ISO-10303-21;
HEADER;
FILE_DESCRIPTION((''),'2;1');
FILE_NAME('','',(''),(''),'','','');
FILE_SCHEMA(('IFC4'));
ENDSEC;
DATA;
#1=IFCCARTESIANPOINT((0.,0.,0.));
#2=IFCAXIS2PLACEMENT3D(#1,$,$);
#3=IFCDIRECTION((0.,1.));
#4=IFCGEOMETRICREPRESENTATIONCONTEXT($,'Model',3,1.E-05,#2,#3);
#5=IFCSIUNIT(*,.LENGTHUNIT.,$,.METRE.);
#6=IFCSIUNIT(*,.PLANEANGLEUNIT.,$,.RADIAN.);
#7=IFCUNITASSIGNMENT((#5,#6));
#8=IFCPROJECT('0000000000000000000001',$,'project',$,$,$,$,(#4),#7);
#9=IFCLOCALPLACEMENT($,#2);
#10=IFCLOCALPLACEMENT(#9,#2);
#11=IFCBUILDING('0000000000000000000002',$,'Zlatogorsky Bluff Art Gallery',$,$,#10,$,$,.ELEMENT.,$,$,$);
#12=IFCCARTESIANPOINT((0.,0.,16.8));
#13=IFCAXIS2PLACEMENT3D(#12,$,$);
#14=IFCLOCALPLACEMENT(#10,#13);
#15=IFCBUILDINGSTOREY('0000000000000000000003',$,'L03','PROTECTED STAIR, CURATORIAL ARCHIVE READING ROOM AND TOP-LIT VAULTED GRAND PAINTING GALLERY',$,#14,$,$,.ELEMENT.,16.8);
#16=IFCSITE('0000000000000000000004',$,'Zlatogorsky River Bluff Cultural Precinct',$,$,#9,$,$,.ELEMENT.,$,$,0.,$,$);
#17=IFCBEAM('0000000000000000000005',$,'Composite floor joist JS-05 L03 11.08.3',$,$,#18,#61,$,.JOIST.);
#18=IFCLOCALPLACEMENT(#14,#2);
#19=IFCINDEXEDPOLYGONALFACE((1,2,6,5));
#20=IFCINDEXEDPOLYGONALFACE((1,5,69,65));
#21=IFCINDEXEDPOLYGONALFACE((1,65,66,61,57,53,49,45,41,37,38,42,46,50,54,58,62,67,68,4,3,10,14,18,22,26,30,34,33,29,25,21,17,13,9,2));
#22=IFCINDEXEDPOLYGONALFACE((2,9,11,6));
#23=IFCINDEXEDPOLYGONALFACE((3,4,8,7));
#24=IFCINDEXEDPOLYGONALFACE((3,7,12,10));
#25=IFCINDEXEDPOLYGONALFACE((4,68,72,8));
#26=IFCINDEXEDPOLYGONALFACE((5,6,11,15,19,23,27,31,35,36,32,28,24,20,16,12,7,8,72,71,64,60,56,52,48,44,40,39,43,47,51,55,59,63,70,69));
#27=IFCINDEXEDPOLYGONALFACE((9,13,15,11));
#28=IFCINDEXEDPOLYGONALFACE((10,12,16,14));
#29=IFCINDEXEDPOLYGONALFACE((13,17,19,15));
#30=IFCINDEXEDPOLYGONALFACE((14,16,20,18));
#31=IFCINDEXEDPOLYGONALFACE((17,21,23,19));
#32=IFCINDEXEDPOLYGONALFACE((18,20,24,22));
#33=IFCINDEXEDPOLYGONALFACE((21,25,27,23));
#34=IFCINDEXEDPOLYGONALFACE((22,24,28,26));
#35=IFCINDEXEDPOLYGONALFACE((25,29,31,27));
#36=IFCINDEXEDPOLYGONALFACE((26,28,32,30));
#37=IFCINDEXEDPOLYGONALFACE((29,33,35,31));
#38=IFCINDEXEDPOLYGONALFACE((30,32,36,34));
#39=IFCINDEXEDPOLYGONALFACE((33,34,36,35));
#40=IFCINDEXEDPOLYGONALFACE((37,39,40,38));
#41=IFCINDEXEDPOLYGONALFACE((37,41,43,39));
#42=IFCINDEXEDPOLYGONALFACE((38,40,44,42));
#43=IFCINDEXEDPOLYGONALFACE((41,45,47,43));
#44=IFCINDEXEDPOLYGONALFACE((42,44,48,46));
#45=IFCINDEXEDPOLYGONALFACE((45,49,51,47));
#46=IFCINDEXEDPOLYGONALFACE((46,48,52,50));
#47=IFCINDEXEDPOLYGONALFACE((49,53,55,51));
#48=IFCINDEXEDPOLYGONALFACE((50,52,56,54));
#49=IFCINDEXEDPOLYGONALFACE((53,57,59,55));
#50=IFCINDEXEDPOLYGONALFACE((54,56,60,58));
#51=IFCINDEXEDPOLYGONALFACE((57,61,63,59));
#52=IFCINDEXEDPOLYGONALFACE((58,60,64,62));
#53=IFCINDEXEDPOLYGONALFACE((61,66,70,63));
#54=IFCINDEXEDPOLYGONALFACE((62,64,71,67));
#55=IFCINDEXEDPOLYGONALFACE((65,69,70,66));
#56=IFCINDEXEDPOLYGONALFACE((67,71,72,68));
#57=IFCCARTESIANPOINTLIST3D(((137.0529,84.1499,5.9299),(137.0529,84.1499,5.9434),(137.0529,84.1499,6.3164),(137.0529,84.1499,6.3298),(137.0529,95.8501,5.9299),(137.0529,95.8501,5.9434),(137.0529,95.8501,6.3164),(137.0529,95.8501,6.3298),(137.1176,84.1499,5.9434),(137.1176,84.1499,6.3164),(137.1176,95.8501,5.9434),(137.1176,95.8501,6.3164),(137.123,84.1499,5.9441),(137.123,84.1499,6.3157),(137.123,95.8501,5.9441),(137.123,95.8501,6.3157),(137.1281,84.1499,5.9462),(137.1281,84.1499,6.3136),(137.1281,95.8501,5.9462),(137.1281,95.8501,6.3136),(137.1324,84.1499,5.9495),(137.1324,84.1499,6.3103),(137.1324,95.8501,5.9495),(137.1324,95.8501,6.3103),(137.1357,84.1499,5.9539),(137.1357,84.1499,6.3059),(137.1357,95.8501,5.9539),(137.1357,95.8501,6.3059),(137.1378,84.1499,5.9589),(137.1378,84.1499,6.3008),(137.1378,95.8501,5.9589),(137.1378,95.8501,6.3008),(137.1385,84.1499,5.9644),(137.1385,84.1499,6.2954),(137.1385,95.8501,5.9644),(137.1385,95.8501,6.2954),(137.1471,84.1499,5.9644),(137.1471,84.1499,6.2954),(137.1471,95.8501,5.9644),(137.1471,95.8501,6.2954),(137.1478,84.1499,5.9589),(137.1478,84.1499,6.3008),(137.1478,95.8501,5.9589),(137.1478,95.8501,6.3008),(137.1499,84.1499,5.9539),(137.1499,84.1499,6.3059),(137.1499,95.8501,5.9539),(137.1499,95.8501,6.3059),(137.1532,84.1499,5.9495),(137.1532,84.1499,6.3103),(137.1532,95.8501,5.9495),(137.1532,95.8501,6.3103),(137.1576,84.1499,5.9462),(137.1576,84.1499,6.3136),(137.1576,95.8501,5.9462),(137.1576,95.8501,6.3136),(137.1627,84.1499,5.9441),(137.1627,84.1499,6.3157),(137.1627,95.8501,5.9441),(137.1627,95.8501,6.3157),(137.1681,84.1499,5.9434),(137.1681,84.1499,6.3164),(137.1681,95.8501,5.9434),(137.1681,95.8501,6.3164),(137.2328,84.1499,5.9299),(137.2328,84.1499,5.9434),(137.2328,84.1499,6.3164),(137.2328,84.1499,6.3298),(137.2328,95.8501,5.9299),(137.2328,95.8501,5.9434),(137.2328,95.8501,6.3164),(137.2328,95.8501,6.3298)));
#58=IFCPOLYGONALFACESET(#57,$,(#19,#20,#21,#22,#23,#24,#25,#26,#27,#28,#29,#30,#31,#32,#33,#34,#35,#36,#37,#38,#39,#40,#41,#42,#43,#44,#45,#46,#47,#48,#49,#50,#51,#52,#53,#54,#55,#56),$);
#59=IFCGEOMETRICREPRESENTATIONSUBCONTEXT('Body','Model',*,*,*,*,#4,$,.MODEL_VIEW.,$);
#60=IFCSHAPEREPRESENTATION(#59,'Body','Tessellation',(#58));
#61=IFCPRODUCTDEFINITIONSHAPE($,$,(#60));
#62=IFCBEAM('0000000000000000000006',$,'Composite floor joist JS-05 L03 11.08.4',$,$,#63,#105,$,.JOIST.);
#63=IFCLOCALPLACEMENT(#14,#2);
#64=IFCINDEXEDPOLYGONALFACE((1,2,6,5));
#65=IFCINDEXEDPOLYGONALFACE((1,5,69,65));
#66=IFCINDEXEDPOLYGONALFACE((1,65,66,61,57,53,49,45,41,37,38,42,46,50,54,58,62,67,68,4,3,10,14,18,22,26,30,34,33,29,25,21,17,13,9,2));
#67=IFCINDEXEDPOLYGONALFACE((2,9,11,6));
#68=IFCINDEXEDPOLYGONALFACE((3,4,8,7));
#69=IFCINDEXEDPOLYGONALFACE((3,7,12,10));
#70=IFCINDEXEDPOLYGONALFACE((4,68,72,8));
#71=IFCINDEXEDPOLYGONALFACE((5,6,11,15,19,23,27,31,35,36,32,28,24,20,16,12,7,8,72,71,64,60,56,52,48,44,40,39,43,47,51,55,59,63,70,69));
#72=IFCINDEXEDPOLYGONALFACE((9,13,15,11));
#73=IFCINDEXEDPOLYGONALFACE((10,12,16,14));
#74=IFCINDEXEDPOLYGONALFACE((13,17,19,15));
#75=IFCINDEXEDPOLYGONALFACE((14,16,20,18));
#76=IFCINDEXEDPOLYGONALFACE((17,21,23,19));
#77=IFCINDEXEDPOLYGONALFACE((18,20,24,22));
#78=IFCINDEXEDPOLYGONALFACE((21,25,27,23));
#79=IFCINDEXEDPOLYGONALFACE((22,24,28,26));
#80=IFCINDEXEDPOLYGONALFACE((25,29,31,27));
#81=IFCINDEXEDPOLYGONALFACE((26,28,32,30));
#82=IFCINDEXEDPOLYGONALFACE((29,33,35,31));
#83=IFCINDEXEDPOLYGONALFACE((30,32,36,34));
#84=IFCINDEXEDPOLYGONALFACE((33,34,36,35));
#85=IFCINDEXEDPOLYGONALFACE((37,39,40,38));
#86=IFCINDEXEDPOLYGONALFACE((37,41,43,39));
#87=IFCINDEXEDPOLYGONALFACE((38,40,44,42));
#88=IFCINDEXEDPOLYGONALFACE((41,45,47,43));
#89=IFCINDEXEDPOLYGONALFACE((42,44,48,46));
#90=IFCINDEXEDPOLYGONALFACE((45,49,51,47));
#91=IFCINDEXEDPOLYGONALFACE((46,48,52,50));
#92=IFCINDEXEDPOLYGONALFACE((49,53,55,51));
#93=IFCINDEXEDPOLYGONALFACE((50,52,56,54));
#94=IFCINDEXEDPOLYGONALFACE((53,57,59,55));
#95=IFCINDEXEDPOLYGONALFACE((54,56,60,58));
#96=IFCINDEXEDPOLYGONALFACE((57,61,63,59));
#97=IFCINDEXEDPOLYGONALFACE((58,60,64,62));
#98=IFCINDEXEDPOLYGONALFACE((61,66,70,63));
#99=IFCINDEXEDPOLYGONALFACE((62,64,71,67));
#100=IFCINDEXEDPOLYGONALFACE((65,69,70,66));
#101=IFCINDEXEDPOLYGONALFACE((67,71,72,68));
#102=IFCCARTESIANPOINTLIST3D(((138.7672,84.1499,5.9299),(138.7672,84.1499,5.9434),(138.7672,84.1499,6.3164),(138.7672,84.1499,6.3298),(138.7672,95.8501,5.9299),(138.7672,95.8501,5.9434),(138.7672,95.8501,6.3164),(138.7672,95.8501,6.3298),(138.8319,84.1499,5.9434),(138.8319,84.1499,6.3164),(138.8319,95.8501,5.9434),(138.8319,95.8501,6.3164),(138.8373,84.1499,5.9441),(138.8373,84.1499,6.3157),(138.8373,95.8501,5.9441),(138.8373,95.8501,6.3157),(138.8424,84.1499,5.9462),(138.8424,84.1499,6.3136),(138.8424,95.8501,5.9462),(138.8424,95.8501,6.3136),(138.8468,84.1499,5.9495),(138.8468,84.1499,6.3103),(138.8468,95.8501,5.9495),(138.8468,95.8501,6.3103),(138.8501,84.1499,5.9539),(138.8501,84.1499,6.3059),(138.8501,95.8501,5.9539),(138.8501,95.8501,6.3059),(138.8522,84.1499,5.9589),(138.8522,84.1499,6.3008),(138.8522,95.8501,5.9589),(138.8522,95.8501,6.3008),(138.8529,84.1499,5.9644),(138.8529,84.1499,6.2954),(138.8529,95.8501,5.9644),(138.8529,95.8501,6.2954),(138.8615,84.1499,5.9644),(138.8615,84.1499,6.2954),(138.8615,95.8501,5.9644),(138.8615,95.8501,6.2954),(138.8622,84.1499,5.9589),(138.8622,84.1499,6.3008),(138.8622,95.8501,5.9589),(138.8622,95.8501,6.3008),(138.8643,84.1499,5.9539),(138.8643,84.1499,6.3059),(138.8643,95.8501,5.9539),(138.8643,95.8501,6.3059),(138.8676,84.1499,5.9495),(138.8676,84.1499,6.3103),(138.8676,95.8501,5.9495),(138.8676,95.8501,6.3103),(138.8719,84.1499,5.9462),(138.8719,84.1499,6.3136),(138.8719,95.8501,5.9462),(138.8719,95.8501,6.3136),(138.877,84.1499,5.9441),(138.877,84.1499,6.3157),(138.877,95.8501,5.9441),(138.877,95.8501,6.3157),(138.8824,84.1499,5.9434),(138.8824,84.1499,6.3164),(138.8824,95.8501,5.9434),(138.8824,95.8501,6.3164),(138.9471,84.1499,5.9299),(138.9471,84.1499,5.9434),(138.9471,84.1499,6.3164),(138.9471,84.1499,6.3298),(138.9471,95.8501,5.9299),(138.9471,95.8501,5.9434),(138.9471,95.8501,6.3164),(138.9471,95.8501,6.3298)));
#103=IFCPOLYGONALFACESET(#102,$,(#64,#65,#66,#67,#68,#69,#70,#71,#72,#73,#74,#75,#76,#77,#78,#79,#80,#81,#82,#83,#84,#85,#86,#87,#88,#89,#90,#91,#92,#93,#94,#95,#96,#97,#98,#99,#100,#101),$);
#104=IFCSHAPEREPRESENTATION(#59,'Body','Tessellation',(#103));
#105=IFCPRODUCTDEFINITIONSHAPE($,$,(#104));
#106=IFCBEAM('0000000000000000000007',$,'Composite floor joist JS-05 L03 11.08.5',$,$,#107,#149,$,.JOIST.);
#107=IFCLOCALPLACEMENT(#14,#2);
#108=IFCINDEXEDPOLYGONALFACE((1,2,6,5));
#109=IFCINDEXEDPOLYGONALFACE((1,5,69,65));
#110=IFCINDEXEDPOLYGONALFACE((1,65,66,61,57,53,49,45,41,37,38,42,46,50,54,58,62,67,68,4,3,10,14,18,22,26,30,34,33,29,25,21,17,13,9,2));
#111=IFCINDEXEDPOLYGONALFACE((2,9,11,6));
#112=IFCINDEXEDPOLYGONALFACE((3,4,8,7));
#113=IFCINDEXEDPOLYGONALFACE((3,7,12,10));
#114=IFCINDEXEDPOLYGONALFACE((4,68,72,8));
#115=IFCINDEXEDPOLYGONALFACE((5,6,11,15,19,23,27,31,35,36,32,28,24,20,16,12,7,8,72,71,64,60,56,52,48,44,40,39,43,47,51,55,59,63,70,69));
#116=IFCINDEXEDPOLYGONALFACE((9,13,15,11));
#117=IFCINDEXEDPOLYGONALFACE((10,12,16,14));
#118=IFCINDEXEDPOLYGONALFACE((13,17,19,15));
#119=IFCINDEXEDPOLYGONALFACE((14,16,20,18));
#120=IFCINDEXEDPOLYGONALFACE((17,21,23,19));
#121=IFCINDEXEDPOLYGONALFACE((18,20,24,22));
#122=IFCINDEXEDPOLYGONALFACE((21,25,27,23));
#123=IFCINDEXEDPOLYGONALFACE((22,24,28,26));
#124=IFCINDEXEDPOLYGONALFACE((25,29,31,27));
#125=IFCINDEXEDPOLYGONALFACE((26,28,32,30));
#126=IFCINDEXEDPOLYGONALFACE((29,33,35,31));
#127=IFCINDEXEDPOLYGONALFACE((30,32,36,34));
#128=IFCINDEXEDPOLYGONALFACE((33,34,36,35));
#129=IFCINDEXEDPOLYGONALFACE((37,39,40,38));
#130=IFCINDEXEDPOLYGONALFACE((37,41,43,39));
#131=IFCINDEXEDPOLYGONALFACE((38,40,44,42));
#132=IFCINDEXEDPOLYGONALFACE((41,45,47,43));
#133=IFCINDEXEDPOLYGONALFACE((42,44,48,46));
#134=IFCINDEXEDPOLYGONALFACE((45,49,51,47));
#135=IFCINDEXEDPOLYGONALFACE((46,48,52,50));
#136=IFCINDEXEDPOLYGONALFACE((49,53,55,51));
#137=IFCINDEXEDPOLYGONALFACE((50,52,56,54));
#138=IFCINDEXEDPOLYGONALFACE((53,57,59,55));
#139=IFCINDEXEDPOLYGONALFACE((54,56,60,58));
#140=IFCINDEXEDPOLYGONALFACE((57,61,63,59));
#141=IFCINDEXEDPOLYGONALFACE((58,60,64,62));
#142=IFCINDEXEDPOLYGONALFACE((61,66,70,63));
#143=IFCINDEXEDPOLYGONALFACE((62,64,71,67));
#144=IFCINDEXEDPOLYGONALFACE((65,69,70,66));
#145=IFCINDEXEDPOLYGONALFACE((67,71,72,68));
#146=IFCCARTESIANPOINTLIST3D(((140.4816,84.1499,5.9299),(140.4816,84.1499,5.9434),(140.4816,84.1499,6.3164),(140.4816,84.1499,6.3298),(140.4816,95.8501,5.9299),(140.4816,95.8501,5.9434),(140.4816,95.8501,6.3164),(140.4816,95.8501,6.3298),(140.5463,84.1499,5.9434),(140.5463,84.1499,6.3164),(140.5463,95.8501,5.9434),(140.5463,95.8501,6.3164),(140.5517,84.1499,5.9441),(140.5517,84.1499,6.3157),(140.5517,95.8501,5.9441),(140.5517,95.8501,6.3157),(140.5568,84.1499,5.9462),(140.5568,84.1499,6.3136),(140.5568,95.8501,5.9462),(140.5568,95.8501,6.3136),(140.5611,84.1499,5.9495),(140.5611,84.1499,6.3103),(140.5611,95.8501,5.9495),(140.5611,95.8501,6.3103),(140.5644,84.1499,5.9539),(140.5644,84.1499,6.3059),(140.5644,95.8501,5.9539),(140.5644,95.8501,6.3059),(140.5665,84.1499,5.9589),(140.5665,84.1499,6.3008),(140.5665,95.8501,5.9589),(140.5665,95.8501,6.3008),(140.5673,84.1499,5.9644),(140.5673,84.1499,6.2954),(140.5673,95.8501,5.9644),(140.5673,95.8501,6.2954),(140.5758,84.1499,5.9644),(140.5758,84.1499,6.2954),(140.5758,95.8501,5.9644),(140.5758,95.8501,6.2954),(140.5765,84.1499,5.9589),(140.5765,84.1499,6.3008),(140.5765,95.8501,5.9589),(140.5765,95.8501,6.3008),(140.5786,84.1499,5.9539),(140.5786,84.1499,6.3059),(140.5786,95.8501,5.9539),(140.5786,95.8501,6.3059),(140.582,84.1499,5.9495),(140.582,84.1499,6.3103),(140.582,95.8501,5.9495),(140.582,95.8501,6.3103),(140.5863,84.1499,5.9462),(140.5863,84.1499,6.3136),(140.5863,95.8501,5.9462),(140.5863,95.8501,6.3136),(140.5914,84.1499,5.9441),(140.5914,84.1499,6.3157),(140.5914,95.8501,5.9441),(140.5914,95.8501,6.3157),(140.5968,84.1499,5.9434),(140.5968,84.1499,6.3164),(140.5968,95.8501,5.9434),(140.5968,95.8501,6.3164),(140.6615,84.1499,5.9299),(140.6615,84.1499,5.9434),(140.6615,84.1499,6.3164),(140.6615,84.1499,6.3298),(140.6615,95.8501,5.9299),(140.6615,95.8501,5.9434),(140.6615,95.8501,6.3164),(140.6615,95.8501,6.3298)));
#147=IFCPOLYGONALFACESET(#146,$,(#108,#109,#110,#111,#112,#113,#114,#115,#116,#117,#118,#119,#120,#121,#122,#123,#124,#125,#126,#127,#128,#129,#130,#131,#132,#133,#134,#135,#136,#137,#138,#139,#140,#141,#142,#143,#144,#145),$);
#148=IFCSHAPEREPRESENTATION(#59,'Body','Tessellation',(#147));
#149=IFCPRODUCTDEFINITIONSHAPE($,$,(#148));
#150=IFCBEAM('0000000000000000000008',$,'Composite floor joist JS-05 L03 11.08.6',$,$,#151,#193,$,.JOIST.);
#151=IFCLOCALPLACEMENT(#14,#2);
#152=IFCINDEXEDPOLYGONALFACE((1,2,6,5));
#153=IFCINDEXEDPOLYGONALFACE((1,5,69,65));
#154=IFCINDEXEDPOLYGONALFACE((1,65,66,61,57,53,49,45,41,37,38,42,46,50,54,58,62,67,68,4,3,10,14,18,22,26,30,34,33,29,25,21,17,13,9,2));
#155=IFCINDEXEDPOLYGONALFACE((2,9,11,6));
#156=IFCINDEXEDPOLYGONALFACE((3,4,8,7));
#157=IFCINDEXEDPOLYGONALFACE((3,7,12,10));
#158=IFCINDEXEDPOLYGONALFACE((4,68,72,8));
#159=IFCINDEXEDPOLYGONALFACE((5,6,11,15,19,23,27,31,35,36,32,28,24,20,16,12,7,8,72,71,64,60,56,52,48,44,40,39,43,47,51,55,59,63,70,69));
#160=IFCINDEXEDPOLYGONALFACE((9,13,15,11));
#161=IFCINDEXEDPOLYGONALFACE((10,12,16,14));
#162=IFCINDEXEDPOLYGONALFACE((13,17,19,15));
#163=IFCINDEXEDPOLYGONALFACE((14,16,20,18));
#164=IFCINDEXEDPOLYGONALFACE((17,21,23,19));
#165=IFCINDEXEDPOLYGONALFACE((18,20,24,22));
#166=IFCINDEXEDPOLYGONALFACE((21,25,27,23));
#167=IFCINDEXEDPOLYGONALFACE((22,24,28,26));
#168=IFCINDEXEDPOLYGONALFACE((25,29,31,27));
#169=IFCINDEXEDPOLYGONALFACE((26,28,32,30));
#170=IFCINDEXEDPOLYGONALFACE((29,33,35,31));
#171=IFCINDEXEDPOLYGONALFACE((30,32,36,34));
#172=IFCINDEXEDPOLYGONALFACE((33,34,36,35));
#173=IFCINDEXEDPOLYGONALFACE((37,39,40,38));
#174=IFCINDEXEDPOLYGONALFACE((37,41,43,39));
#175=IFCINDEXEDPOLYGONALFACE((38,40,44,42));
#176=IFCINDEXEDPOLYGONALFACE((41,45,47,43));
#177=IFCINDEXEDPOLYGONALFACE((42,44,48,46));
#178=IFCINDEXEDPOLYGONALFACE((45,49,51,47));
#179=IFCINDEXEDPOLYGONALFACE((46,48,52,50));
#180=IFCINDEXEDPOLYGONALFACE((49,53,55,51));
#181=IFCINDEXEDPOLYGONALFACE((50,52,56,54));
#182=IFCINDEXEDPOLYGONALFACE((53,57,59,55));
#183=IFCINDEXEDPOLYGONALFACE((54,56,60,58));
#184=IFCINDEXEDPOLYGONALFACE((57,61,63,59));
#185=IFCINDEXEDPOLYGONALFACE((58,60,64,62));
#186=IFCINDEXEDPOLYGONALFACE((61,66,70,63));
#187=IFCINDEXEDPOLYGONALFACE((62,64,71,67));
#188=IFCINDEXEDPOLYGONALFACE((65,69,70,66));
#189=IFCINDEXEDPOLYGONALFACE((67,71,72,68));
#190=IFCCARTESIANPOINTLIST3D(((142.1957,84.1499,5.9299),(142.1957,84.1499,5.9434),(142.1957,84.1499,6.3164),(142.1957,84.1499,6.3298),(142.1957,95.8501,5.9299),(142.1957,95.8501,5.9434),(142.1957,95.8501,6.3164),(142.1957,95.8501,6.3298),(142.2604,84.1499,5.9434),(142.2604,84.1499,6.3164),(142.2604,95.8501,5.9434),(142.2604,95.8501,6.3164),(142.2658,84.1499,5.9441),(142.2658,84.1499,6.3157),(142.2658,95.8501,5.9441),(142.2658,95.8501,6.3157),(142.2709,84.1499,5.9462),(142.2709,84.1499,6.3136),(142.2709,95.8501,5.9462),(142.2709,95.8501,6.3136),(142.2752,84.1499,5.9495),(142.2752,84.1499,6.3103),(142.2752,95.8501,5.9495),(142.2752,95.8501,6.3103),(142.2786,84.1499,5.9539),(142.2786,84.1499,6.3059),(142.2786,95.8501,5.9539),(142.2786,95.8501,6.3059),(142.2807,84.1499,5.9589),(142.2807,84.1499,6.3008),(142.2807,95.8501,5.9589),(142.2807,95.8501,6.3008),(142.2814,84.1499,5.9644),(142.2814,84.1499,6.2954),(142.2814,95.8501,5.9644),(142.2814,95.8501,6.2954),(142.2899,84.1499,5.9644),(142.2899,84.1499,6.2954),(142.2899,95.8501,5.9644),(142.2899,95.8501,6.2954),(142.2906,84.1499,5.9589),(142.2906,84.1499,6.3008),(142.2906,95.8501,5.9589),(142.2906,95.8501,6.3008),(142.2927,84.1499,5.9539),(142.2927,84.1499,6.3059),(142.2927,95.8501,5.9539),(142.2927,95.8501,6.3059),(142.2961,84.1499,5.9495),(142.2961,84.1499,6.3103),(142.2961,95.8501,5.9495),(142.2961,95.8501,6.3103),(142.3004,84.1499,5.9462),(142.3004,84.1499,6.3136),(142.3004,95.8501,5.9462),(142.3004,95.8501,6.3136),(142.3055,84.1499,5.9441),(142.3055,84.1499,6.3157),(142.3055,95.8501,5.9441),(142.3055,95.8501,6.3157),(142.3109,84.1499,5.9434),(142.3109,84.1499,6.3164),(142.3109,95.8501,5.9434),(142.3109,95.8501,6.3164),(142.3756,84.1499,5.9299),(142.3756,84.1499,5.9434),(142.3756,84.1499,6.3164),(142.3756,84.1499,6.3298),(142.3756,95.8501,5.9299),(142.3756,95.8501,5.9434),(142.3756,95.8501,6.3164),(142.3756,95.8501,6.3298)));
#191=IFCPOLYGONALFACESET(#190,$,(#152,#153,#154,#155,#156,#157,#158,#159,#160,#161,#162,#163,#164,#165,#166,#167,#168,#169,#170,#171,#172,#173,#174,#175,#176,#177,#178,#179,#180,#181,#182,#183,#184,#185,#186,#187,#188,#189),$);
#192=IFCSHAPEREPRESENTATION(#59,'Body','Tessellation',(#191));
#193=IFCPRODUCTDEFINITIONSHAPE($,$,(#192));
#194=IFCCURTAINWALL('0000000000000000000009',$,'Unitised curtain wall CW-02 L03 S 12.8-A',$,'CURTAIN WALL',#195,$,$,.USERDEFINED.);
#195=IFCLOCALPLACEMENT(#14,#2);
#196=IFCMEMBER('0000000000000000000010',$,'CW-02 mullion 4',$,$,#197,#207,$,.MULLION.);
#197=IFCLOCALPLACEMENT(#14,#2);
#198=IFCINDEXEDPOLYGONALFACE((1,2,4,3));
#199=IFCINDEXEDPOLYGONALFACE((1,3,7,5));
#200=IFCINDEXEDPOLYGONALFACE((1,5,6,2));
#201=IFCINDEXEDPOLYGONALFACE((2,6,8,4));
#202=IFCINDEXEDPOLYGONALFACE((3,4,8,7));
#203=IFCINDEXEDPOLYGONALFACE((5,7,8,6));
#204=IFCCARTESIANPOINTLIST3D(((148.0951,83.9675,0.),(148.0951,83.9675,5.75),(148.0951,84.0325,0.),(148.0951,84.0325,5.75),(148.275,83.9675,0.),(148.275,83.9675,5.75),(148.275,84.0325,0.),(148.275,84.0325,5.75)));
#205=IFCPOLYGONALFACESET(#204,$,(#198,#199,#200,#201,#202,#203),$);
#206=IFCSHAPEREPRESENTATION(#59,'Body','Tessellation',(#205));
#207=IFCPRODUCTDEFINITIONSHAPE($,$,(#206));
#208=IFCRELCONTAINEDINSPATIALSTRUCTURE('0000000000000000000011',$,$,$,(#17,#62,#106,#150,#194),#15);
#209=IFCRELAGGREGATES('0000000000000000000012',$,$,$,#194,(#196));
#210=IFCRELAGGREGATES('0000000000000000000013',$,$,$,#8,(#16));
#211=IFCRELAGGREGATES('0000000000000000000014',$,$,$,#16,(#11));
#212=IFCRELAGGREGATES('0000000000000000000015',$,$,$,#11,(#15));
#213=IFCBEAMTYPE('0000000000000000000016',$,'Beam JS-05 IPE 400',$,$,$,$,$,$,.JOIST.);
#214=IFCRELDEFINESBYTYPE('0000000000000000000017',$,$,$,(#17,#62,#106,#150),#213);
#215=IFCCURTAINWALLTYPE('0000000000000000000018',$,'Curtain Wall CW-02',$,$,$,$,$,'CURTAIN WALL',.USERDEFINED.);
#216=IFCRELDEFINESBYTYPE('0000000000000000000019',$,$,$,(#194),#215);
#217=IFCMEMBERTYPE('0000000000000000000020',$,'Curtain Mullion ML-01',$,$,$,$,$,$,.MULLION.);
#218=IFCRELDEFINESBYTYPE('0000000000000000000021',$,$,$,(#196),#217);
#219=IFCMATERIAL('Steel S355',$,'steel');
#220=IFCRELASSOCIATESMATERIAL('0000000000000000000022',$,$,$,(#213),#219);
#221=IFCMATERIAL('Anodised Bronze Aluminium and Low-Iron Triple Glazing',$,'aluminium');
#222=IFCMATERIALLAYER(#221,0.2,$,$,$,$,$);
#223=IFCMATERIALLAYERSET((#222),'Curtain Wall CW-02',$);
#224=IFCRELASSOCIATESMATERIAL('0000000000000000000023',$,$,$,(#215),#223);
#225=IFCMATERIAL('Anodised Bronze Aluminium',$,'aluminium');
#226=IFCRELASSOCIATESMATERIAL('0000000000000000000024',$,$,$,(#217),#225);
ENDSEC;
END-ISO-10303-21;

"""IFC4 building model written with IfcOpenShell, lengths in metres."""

from ifc_helpers import new_model, si_unit, direction, frame, origin, origin_2d, place, context, subcontext, project, spatial, rectangle, i_section, extrude, material, layer, layer_set, material_profile, profile_set, type_object, element, aggregate, save


model = new_model("IFC4")

# Units and contexts
model_context = context("Model", 3, precision=1e-05, world=origin(), true_north=direction((0.0, 1.0)))
body_context = subcontext(model_context, "Body", "Model", "MODEL_VIEW")
ifc_project = project(units=[si_unit("LENGTHUNIT", "METRE"), si_unit("PLANEANGLEUNIT", "RADIAN")], contexts=[model_context])

# Site, building, storey
site_placement = place(None, origin())
site = spatial("IfcSite", under=ifc_project, at=site_placement, Name="Zlatogorsky River Bluff Cultural Precinct", CompositionType="ELEMENT", RefElevation=0.0)
building_placement = place(site_placement, origin())
building = spatial("IfcBuilding", under=site, at=building_placement, Name="Zlatogorsky Bluff Art Gallery", CompositionType="ELEMENT")
storey_placement = place(building_placement, frame((0.0, 0.0, 16.8)))
storey = spatial("IfcBuildingStorey", under=building, at=storey_placement, Name="L03", Description="PROTECTED STAIR, CURATORIAL ARCHIVE READING ROOM AND TOP-LIT VAULTED GRAND PAINTING GALLERY", CompositionType="ELEMENT", Elevation=16.8)

# Beams
ifc_material_1 = material(Name="Steel S355", Category="steel")
ifc_material_profile_1 = material_profile(ifc_material_1, i_section(OverallWidth=0.1799, OverallDepth=0.3999, WebThickness=0.0085, FlangeThickness=0.0134, FilletRadius=0.021, at=origin_2d()), Name="IPE 400")
ifc_profile_set_1 = profile_set([ifc_material_profile_1], Name="Steel S355")
beam_type_1 = type_object("IfcBeamType", Name="Beam JS-05 IPE 400", PredefinedType="JOIST", material=ifc_profile_set_1)
for number, where, z_axis, x_axis, name in (
    (1, (137.1428, 84.1499, 6.1299), (0.0, 1.0, 0.0), (-1.0, 0.0, 0.0), "Composite floor joist JS-05 L03 11.08.3"),
    (2, (138.8572, 84.1499, 6.1299), (0.0, 1.0, 0.0), (-1.0, 0.0, 0.0), "Composite floor joist JS-05 L03 11.08.4"),
    (3, (140.5715, 84.1499, 6.1299), (0.0, 1.0, 0.0), (-1.0, 0.0, 0.0), "Composite floor joist JS-05 L03 11.08.5"),
    (4, (142.2856, 84.1499, 6.1299), (0.0, 1.0, 0.0), (-1.0, 0.0, 0.0), "Composite floor joist JS-05 L03 11.08.6"),
):
    element("IfcBeam", number, at=place(storey_placement, frame(where, z_axis=z_axis, x_axis=x_axis)), inside=storey, type_object=beam_type_1, Name=name, PredefinedType="JOIST", context=body_context, shape_type="SweptSolid", body=[
        extrude(i_section(OverallWidth=0.1799, OverallDepth=0.3999, WebThickness=0.0085, FlangeThickness=0.0134, FilletRadius=0.021, at=origin_2d()), origin(), (0.0, 0.0, 1.0), 11.7002),
    ])

# Curtain wall, member
ifc_material_2 = material(Name="Anodised Bronze Aluminium and Low-Iron Triple Glazing", Category="aluminium")
ifc_layer_1 = layer(ifc_material_2, 0.2)
ifc_layer_set_1 = layer_set([ifc_layer_1], Name="Curtain Wall CW-02")
curtain_wall_type = type_object("IfcCurtainWallType", Name="Curtain Wall CW-02", ElementType="CURTAIN WALL", PredefinedType="USERDEFINED", material=ifc_layer_set_1)
curtain_wall_1_placement = place(storey_placement, origin())
curtain_wall_1 = element("IfcCurtainWall", 5, at=curtain_wall_1_placement, inside=storey, type_object=curtain_wall_type, Name="Unitised curtain wall CW-02 L03 S 12.8-A", ObjectType="CURTAIN WALL", PredefinedType="USERDEFINED")
ifc_material_3 = material(Name="Anodised Bronze Aluminium", Category="aluminium")
ifc_material_profile_2 = material_profile(ifc_material_3, rectangle(XDim=0.0649, YDim=0.1799, at=origin_2d()), Name="ALU MULLION 65x180")
ifc_profile_set_2 = profile_set([ifc_material_profile_2], Name="Anodised Bronze Aluminium")
member_type_1 = type_object("IfcMemberType", Name="Curtain Mullion ML-01", PredefinedType="MULLION", material=ifc_profile_set_2)
member_1_placement = place(storey_placement, frame((148.1851, 84.0, 0.0), z_axis=(0.0, 0.0, 1.0), x_axis=(0.0, 1.0, 0.0)))
member_1 = element("IfcMember", 6, at=member_1_placement, type_object=member_type_1, Name="CW-02 mullion 4", PredefinedType="MULLION", context=body_context, shape_type="SweptSolid", body=[
    extrude(rectangle(XDim=0.0649, YDim=0.1799, at=origin_2d()), origin(), (0.0, 0.0, 1.0), 5.75),
])

aggregate(curtain_wall_1, [member_1])

save(model, "model.ifc")
